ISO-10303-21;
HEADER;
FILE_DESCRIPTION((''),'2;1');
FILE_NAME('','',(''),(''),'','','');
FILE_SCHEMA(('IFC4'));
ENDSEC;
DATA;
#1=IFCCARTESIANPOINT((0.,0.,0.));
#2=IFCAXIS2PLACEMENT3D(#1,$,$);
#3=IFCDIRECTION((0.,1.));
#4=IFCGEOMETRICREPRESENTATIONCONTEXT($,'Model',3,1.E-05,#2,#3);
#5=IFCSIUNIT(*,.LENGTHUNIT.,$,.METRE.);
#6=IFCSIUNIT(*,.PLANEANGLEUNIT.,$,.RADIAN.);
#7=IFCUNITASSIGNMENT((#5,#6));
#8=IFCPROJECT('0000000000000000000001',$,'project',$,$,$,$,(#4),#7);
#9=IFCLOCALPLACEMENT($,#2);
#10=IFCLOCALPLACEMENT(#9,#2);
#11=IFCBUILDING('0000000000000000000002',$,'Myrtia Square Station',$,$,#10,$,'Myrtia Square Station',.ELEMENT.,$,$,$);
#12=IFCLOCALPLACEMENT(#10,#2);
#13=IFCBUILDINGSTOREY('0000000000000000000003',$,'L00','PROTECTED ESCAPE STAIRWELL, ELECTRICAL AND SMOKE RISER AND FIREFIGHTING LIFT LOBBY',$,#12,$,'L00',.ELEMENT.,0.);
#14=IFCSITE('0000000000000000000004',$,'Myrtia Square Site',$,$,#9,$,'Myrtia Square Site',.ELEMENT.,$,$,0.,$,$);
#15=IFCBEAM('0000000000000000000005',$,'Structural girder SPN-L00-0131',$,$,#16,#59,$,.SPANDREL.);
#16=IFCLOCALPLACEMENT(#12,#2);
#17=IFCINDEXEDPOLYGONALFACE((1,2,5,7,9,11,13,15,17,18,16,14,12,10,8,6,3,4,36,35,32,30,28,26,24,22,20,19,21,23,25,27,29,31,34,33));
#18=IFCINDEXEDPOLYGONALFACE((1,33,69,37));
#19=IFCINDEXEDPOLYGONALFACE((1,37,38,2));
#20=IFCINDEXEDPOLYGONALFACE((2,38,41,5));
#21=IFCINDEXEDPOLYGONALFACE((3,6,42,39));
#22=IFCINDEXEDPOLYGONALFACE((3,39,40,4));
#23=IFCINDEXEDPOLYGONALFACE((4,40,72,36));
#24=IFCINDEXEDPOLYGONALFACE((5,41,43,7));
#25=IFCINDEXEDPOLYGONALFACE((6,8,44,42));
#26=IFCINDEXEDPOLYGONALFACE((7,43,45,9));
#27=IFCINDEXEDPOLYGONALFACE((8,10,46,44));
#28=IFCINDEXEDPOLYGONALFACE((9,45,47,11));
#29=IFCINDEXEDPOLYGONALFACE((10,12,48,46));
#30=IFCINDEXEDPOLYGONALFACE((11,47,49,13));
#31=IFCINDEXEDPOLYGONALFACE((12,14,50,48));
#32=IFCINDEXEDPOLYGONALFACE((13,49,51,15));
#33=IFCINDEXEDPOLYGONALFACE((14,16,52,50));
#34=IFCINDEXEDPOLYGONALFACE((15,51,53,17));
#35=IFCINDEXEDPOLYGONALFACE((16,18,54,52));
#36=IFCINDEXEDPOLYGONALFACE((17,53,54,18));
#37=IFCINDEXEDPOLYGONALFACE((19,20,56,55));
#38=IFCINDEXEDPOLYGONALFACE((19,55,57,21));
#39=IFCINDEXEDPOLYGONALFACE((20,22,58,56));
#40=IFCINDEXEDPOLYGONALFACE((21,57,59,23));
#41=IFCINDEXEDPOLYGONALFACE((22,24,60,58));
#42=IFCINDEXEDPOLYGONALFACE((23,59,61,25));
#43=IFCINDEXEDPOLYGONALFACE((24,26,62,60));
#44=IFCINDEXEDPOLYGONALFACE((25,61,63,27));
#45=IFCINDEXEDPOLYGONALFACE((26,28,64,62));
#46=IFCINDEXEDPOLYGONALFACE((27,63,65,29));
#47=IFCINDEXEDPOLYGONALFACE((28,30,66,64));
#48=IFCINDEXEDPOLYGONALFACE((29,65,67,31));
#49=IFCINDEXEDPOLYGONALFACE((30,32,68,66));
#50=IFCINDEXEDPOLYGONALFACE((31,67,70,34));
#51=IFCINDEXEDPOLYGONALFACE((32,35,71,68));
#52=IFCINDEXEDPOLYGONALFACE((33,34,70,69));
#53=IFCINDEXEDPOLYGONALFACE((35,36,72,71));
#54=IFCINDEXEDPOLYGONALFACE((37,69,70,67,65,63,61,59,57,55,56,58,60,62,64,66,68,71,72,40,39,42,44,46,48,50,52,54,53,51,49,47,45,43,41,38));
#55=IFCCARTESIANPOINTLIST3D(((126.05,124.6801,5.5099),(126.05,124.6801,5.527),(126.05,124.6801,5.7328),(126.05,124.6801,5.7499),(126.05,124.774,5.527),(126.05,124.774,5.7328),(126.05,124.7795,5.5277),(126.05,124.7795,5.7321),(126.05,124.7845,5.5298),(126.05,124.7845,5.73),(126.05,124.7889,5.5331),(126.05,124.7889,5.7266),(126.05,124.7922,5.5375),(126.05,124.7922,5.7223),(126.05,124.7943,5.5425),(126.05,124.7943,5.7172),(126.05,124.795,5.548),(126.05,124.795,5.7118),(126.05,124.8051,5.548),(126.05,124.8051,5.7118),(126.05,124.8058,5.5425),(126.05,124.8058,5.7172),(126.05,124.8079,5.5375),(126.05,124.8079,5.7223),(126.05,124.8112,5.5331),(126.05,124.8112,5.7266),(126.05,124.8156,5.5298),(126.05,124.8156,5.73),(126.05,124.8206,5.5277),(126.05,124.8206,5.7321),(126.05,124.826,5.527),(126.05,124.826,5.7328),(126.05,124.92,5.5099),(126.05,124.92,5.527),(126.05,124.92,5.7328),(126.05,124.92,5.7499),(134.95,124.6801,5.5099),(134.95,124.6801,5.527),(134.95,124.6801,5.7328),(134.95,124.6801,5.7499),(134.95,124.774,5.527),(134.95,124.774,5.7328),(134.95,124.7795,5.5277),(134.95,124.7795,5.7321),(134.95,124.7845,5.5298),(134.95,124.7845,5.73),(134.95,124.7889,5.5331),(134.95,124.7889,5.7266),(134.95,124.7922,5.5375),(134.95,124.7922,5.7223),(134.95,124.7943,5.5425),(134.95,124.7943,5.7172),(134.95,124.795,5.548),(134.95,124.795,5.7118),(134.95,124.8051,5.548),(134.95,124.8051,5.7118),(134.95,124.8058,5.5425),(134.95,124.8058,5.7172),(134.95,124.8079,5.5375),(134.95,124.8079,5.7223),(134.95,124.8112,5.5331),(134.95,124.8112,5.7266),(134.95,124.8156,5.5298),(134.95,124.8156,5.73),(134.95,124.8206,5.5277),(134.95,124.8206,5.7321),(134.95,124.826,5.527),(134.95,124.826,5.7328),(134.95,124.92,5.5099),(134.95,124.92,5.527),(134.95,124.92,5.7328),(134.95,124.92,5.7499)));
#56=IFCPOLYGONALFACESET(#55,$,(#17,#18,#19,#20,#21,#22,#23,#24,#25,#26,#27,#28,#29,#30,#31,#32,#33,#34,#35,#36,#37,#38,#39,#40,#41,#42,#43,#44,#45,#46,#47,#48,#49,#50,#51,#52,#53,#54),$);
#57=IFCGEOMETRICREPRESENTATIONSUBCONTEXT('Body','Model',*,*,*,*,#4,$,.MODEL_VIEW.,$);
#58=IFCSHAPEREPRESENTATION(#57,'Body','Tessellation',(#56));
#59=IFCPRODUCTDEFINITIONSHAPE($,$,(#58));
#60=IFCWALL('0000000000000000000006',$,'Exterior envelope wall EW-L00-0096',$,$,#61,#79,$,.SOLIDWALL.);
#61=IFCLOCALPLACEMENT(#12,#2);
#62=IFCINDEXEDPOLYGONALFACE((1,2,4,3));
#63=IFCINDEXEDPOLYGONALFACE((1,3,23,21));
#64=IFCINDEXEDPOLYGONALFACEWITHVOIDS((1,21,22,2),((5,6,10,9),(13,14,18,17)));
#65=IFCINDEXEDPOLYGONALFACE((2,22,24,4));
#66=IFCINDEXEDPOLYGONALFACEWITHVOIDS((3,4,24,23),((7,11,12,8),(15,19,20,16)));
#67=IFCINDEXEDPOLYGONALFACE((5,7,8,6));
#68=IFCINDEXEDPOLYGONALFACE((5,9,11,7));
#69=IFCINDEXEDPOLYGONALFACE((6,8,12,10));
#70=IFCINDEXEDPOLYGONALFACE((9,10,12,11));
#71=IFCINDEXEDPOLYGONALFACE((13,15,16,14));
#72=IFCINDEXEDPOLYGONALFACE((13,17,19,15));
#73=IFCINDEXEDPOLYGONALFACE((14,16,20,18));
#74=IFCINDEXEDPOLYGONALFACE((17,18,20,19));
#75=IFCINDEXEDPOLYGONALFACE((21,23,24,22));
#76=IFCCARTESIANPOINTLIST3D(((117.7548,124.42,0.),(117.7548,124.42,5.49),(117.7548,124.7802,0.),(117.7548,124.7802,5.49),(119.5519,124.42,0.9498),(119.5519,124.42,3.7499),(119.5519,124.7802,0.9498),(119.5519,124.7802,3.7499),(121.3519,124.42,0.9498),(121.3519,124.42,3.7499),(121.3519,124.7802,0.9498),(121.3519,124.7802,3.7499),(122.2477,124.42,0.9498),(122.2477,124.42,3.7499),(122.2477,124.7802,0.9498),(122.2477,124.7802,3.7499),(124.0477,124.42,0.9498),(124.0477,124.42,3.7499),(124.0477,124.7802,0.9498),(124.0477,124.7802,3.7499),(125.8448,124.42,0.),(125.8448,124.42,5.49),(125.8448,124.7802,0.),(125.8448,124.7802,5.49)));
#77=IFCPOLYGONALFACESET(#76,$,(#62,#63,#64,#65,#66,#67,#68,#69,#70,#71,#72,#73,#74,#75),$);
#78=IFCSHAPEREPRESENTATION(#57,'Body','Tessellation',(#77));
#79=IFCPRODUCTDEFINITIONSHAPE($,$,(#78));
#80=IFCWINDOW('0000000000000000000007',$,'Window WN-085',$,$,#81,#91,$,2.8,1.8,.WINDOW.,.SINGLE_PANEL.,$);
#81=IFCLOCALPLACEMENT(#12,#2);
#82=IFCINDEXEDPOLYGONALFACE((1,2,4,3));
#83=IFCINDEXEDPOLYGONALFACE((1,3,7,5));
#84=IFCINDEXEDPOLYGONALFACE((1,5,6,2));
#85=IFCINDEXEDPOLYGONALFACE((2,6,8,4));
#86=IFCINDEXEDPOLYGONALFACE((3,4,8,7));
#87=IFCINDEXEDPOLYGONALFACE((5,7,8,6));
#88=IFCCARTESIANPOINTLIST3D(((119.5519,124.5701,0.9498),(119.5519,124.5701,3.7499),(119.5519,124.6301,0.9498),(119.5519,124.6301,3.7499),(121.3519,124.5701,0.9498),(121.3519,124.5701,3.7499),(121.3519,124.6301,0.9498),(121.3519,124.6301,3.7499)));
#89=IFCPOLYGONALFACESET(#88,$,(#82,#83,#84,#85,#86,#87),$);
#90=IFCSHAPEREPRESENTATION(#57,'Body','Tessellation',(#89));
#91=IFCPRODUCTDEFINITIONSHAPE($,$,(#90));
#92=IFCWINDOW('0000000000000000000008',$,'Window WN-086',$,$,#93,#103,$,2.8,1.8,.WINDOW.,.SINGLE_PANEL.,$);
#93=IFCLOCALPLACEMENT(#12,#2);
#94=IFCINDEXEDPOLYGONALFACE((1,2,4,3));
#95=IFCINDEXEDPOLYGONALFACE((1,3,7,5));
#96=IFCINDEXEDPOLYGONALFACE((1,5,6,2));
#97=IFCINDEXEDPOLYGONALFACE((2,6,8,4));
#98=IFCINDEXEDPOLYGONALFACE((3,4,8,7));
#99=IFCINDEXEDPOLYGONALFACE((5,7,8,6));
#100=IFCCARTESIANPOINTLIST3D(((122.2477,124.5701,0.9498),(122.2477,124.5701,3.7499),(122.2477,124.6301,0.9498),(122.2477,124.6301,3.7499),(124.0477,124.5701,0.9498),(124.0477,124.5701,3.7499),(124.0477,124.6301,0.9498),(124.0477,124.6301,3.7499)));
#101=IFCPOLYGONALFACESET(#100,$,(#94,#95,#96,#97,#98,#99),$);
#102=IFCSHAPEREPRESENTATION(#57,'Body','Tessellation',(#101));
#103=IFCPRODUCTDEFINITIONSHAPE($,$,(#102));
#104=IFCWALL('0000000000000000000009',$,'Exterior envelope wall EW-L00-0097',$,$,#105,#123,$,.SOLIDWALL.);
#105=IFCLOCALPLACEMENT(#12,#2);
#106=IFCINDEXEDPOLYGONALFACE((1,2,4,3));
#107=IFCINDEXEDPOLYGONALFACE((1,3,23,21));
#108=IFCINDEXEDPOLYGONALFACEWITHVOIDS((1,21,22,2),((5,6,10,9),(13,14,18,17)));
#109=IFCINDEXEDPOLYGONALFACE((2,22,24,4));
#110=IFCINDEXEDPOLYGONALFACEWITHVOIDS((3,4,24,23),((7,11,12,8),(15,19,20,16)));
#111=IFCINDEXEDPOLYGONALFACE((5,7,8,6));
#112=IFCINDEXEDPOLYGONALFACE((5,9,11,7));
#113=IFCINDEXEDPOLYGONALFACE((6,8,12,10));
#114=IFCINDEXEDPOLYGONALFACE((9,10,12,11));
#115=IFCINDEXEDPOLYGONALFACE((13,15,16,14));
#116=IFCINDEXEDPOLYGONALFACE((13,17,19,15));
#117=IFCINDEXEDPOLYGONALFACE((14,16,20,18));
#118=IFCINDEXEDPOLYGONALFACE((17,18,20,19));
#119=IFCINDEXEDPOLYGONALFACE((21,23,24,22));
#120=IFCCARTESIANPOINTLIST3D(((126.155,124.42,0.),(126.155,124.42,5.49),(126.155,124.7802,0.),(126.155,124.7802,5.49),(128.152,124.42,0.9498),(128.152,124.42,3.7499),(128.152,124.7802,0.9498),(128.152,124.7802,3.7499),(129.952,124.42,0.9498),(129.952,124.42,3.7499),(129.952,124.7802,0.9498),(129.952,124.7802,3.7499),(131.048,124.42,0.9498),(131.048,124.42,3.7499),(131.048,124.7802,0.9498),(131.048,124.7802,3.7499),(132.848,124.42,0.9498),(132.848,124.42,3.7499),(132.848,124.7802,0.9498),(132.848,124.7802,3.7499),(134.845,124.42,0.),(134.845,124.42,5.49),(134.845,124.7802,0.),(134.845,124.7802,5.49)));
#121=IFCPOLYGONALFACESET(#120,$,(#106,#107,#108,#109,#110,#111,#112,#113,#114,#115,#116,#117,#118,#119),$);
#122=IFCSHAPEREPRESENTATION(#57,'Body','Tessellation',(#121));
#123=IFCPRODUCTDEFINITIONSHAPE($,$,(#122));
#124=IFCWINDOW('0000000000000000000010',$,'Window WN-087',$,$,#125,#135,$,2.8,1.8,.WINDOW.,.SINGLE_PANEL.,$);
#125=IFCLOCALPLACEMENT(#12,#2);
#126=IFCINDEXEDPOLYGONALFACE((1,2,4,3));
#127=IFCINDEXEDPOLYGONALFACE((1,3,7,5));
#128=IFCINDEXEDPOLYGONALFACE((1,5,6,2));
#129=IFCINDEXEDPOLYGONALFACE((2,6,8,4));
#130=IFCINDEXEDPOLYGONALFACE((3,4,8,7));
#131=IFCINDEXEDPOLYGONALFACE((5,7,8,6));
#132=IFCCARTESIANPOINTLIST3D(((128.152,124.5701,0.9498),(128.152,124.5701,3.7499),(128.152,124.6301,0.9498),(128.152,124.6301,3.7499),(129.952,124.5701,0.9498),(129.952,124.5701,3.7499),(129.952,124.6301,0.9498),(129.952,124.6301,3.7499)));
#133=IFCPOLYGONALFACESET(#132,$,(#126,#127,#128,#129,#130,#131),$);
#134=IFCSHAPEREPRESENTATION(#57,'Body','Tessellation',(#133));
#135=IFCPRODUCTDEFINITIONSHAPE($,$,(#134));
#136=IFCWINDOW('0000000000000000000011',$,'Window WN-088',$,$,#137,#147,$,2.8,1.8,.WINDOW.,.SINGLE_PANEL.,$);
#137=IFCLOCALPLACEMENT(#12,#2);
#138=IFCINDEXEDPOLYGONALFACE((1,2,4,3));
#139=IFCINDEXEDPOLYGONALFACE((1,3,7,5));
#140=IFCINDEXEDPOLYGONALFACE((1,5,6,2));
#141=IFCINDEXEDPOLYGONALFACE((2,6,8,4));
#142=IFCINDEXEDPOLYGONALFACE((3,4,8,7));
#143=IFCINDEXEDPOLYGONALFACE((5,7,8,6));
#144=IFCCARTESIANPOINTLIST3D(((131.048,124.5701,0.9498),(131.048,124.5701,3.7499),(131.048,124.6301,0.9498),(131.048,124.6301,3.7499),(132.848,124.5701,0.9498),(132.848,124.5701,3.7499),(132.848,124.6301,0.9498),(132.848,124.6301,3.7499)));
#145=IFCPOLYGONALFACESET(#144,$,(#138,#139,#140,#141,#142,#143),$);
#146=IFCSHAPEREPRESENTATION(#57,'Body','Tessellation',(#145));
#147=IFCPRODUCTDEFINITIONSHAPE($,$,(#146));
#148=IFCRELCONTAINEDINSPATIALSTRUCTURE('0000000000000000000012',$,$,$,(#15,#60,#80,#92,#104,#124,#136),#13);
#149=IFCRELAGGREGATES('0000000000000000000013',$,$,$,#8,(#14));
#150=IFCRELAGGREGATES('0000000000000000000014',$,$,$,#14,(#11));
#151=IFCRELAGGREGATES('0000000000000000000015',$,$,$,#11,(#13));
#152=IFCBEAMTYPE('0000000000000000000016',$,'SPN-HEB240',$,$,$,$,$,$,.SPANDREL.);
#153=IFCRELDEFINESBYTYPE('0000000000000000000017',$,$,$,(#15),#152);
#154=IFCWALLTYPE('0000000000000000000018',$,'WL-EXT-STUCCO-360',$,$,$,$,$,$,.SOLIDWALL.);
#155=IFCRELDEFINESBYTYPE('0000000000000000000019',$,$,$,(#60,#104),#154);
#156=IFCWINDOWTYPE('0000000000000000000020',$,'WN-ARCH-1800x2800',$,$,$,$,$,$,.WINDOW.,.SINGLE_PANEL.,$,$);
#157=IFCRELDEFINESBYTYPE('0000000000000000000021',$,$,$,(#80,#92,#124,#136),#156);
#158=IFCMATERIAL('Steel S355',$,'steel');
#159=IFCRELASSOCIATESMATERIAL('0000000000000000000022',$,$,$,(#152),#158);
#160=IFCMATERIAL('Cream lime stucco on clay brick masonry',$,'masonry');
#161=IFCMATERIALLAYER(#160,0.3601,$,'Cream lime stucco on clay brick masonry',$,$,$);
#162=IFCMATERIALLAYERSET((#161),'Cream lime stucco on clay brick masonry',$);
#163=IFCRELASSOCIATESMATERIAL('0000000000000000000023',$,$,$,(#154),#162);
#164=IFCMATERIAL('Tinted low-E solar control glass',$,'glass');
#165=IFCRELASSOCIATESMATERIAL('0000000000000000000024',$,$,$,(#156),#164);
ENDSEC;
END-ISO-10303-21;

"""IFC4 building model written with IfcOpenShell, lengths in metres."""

from ifc_helpers import new_model, si_unit, direction, frame, frame_2d, origin, origin_2d, place, context, subcontext, project, spatial, rectangle, i_section, extrude, material, layer, layer_set, material_profile, profile_set, type_object, element, fill, save


model = new_model("IFC4")

# Units and contexts
model_context = context("Model", 3, precision=1e-05, world=origin(), true_north=direction((0.0, 1.0)))
body_context = subcontext(model_context, "Body", "Model", "MODEL_VIEW")
ifc_project = project(units=[si_unit("LENGTHUNIT", "METRE"), si_unit("PLANEANGLEUNIT", "RADIAN")], contexts=[model_context])

# Site, building, storey
site_placement = place(None, origin())
site = spatial("IfcSite", under=ifc_project, at=site_placement, Name="Myrtia Square Site", LongName="Myrtia Square Site", CompositionType="ELEMENT", RefElevation=0.0)
building_placement = place(site_placement, origin())
building = spatial("IfcBuilding", under=site, at=building_placement, Name="Myrtia Square Station", LongName="Myrtia Square Station", CompositionType="ELEMENT")
storey_placement = place(building_placement, origin())
storey = spatial("IfcBuildingStorey", under=building, at=storey_placement, Name="L00", Description="PROTECTED ESCAPE STAIRWELL, ELECTRICAL AND SMOKE RISER AND FIREFIGHTING LIFT LOBBY", LongName="L00", CompositionType="ELEMENT", Elevation=0.0)

# Shared definitions
ifc_material_1 = material(Name="Steel S355", Category="steel")

# Beam
ifc_material_profile_1 = material_profile(ifc_material_1, i_section(OverallWidth=0.24, OverallDepth=0.24, WebThickness=0.01, FlangeThickness=0.0171, FilletRadius=0.021, at=origin_2d()), Name="HEB 240")
ifc_profile_set_1 = profile_set([ifc_material_profile_1], Name="Steel S355")
beam_type_1 = type_object("IfcBeamType", Name="SPN-HEB240", PredefinedType="SPANDREL", material=ifc_profile_set_1)
beam_1_placement = place(storey_placement, frame((126.05, 124.8, 5.6299), z_axis=(1.0, 0.0, 0.0), x_axis=(0.0, 1.0, 0.0)))
element("IfcBeam", 1, at=beam_1_placement, inside=storey, type_object=beam_type_1, Name="Structural girder SPN-L00-0131", PredefinedType="SPANDREL", context=body_context, shape_type="SweptSolid", body=[
    extrude(i_section(OverallWidth=0.24, OverallDepth=0.24, WebThickness=0.01, FlangeThickness=0.0171, FilletRadius=0.021, at=origin_2d()), origin(), (0.0, 0.0, 1.0), 8.8999),
])

# Walls, openings, windows
ifc_material_2 = material(Name="Cream lime stucco on clay brick masonry", Category="masonry")
ifc_layer_1 = layer(ifc_material_2, 0.3601, Name="Cream lime stucco on clay brick masonry")
ifc_layer_set_1 = layer_set([ifc_layer_1], Name="Cream lime stucco on clay brick masonry")
wall_type = type_object("IfcWallType", Name="WL-EXT-STUCCO-360", PredefinedType="SOLIDWALL", material=ifc_layer_set_1)
wall_1_placement = place(storey_placement, frame((117.7549, 124.6001, 0.0), z_axis=(0.0, 0.0, 1.0), x_axis=(1.0, 0.0, 0.0)))
wall_1 = element("IfcWall", 2, at=wall_1_placement, inside=storey, type_object=wall_type, Name="Exterior envelope wall EW-L00-0096", PredefinedType="SOLIDWALL", context=body_context, shape_type="SweptSolid", body=[
    extrude(rectangle(XDim=8.0901, YDim=0.3601, at=frame_2d((4.0449, 0.0))), origin(), (0.0, 0.0, 1.0), 5.49),
])
opening_1_placement = place(wall_1_placement, frame((1.7971, 0.0, 0.95)))
opening_1 = element("IfcOpeningElement", 3, at=opening_1_placement, cuts=wall_1, PredefinedType="OPENING", context=body_context, shape_type="SweptSolid", body=[
    extrude(rectangle(XDim=1.8, YDim=2.8, at=frame_2d((0.8999, 1.3999))), frame((0.0, 0.1951, 0.0), z_axis=(0.0, -1.0, 0.0), x_axis=(1.0, 0.0, 0.0)), (0.0, 0.0, 1.0), 0.3901),
])
opening_2_placement = place(wall_1_placement, frame((4.4929, 0.0, 0.95)))
opening_2 = element("IfcOpeningElement", 4, at=opening_2_placement, cuts=wall_1, PredefinedType="OPENING", context=body_context, shape_type="SweptSolid", body=[
    extrude(rectangle(XDim=1.8, YDim=2.8, at=frame_2d((0.8999, 1.3999))), frame((0.0, 0.1951, 0.0), z_axis=(0.0, -1.0, 0.0), x_axis=(1.0, 0.0, 0.0)), (0.0, 0.0, 1.0), 0.3901),
])
ifc_material_3 = material(Name="Tinted low-E solar control glass", Category="glass")
window_type = type_object("IfcWindowType", Name="WN-ARCH-1800x2800", PartitioningType="SINGLE_PANEL", PredefinedType="WINDOW", material=ifc_material_3)
window_1_placement = place(opening_1_placement, origin())
window_1 = element("IfcWindow", 5, at=window_1_placement, inside=storey, type_object=window_type, Name="Window WN-085", OverallHeight=2.8, OverallWidth=1.8, PartitioningType="SINGLE_PANEL", PredefinedType="WINDOW", context=body_context, shape_type="SweptSolid", body=[
    extrude(rectangle(XDim=1.8, YDim=2.8, at=frame_2d((0.8999, 1.3999))), frame((0.0, 0.03, 0.0), z_axis=(0.0, -1.0, 0.0), x_axis=(1.0, 0.0, 0.0)), (0.0, 0.0, 1.0), 0.0601),
])
fill(opening_1, window_1)
window_2_placement = place(opening_2_placement, origin())
window_2 = element("IfcWindow", 6, at=window_2_placement, inside=storey, type_object=window_type, Name="Window WN-086", OverallHeight=2.8, OverallWidth=1.8, PartitioningType="SINGLE_PANEL", PredefinedType="WINDOW", context=body_context, shape_type="SweptSolid", body=[
    extrude(rectangle(XDim=1.8, YDim=2.8, at=frame_2d((0.8999, 1.3999))), frame((0.0, 0.03, 0.0), z_axis=(0.0, -1.0, 0.0), x_axis=(1.0, 0.0, 0.0)), (0.0, 0.0, 1.0), 0.0601),
])
fill(opening_2, window_2)
wall_2_placement = place(storey_placement, frame((126.155, 124.6001, 0.0), z_axis=(0.0, 0.0, 1.0), x_axis=(1.0, 0.0, 0.0)))
wall_2 = element("IfcWall", 7, at=wall_2_placement, inside=storey, type_object=wall_type, Name="Exterior envelope wall EW-L00-0097", PredefinedType="SOLIDWALL", context=body_context, shape_type="SweptSolid", body=[
    extrude(rectangle(XDim=8.6899, YDim=0.3601, at=frame_2d((4.345, 0.0))), origin(), (0.0, 0.0, 1.0), 5.49),
])
opening_3_placement = place(wall_2_placement, frame((1.9971, 0.0, 0.95)))
opening_3 = element("IfcOpeningElement", 8, at=opening_3_placement, cuts=wall_2, PredefinedType="OPENING", context=body_context, shape_type="SweptSolid", body=[
    extrude(rectangle(XDim=1.8, YDim=2.8, at=frame_2d((0.8999, 1.3999))), frame((0.0, 0.1951, 0.0), z_axis=(0.0, -1.0, 0.0), x_axis=(1.0, 0.0, 0.0)), (0.0, 0.0, 1.0), 0.3901),
])
opening_4_placement = place(wall_2_placement, frame((4.8931, 0.0, 0.95)))
opening_4 = element("IfcOpeningElement", 9, at=opening_4_placement, cuts=wall_2, PredefinedType="OPENING", context=body_context, shape_type="SweptSolid", body=[
    extrude(rectangle(XDim=1.8, YDim=2.8, at=frame_2d((0.8999, 1.3999))), frame((0.0, 0.1951, 0.0), z_axis=(0.0, -1.0, 0.0), x_axis=(1.0, 0.0, 0.0)), (0.0, 0.0, 1.0), 0.3901),
])
window_3_placement = place(opening_3_placement, origin())
window_3 = element("IfcWindow", 10, at=window_3_placement, inside=storey, type_object=window_type, Name="Window WN-087", OverallHeight=2.8, OverallWidth=1.8, PartitioningType="SINGLE_PANEL", PredefinedType="WINDOW", context=body_context, shape_type="SweptSolid", body=[
    extrude(rectangle(XDim=1.8, YDim=2.8, at=frame_2d((0.8999, 1.3999))), frame((0.0, 0.03, 0.0), z_axis=(0.0, -1.0, 0.0), x_axis=(1.0, 0.0, 0.0)), (0.0, 0.0, 1.0), 0.0601),
])
fill(opening_3, window_3)
window_4_placement = place(opening_4_placement, origin())
window_4 = element("IfcWindow", 11, at=window_4_placement, inside=storey, type_object=window_type, Name="Window WN-088", OverallHeight=2.8, OverallWidth=1.8, PartitioningType="SINGLE_PANEL", PredefinedType="WINDOW", context=body_context, shape_type="SweptSolid", body=[
    extrude(rectangle(XDim=1.8, YDim=2.8, at=frame_2d((0.8999, 1.3999))), frame((0.0, 0.03, 0.0), z_axis=(0.0, -1.0, 0.0), x_axis=(1.0, 0.0, 0.0)), (0.0, 0.0, 1.0), 0.0601),
])
fill(opening_4, window_4)

save(model, "model.ifc")
